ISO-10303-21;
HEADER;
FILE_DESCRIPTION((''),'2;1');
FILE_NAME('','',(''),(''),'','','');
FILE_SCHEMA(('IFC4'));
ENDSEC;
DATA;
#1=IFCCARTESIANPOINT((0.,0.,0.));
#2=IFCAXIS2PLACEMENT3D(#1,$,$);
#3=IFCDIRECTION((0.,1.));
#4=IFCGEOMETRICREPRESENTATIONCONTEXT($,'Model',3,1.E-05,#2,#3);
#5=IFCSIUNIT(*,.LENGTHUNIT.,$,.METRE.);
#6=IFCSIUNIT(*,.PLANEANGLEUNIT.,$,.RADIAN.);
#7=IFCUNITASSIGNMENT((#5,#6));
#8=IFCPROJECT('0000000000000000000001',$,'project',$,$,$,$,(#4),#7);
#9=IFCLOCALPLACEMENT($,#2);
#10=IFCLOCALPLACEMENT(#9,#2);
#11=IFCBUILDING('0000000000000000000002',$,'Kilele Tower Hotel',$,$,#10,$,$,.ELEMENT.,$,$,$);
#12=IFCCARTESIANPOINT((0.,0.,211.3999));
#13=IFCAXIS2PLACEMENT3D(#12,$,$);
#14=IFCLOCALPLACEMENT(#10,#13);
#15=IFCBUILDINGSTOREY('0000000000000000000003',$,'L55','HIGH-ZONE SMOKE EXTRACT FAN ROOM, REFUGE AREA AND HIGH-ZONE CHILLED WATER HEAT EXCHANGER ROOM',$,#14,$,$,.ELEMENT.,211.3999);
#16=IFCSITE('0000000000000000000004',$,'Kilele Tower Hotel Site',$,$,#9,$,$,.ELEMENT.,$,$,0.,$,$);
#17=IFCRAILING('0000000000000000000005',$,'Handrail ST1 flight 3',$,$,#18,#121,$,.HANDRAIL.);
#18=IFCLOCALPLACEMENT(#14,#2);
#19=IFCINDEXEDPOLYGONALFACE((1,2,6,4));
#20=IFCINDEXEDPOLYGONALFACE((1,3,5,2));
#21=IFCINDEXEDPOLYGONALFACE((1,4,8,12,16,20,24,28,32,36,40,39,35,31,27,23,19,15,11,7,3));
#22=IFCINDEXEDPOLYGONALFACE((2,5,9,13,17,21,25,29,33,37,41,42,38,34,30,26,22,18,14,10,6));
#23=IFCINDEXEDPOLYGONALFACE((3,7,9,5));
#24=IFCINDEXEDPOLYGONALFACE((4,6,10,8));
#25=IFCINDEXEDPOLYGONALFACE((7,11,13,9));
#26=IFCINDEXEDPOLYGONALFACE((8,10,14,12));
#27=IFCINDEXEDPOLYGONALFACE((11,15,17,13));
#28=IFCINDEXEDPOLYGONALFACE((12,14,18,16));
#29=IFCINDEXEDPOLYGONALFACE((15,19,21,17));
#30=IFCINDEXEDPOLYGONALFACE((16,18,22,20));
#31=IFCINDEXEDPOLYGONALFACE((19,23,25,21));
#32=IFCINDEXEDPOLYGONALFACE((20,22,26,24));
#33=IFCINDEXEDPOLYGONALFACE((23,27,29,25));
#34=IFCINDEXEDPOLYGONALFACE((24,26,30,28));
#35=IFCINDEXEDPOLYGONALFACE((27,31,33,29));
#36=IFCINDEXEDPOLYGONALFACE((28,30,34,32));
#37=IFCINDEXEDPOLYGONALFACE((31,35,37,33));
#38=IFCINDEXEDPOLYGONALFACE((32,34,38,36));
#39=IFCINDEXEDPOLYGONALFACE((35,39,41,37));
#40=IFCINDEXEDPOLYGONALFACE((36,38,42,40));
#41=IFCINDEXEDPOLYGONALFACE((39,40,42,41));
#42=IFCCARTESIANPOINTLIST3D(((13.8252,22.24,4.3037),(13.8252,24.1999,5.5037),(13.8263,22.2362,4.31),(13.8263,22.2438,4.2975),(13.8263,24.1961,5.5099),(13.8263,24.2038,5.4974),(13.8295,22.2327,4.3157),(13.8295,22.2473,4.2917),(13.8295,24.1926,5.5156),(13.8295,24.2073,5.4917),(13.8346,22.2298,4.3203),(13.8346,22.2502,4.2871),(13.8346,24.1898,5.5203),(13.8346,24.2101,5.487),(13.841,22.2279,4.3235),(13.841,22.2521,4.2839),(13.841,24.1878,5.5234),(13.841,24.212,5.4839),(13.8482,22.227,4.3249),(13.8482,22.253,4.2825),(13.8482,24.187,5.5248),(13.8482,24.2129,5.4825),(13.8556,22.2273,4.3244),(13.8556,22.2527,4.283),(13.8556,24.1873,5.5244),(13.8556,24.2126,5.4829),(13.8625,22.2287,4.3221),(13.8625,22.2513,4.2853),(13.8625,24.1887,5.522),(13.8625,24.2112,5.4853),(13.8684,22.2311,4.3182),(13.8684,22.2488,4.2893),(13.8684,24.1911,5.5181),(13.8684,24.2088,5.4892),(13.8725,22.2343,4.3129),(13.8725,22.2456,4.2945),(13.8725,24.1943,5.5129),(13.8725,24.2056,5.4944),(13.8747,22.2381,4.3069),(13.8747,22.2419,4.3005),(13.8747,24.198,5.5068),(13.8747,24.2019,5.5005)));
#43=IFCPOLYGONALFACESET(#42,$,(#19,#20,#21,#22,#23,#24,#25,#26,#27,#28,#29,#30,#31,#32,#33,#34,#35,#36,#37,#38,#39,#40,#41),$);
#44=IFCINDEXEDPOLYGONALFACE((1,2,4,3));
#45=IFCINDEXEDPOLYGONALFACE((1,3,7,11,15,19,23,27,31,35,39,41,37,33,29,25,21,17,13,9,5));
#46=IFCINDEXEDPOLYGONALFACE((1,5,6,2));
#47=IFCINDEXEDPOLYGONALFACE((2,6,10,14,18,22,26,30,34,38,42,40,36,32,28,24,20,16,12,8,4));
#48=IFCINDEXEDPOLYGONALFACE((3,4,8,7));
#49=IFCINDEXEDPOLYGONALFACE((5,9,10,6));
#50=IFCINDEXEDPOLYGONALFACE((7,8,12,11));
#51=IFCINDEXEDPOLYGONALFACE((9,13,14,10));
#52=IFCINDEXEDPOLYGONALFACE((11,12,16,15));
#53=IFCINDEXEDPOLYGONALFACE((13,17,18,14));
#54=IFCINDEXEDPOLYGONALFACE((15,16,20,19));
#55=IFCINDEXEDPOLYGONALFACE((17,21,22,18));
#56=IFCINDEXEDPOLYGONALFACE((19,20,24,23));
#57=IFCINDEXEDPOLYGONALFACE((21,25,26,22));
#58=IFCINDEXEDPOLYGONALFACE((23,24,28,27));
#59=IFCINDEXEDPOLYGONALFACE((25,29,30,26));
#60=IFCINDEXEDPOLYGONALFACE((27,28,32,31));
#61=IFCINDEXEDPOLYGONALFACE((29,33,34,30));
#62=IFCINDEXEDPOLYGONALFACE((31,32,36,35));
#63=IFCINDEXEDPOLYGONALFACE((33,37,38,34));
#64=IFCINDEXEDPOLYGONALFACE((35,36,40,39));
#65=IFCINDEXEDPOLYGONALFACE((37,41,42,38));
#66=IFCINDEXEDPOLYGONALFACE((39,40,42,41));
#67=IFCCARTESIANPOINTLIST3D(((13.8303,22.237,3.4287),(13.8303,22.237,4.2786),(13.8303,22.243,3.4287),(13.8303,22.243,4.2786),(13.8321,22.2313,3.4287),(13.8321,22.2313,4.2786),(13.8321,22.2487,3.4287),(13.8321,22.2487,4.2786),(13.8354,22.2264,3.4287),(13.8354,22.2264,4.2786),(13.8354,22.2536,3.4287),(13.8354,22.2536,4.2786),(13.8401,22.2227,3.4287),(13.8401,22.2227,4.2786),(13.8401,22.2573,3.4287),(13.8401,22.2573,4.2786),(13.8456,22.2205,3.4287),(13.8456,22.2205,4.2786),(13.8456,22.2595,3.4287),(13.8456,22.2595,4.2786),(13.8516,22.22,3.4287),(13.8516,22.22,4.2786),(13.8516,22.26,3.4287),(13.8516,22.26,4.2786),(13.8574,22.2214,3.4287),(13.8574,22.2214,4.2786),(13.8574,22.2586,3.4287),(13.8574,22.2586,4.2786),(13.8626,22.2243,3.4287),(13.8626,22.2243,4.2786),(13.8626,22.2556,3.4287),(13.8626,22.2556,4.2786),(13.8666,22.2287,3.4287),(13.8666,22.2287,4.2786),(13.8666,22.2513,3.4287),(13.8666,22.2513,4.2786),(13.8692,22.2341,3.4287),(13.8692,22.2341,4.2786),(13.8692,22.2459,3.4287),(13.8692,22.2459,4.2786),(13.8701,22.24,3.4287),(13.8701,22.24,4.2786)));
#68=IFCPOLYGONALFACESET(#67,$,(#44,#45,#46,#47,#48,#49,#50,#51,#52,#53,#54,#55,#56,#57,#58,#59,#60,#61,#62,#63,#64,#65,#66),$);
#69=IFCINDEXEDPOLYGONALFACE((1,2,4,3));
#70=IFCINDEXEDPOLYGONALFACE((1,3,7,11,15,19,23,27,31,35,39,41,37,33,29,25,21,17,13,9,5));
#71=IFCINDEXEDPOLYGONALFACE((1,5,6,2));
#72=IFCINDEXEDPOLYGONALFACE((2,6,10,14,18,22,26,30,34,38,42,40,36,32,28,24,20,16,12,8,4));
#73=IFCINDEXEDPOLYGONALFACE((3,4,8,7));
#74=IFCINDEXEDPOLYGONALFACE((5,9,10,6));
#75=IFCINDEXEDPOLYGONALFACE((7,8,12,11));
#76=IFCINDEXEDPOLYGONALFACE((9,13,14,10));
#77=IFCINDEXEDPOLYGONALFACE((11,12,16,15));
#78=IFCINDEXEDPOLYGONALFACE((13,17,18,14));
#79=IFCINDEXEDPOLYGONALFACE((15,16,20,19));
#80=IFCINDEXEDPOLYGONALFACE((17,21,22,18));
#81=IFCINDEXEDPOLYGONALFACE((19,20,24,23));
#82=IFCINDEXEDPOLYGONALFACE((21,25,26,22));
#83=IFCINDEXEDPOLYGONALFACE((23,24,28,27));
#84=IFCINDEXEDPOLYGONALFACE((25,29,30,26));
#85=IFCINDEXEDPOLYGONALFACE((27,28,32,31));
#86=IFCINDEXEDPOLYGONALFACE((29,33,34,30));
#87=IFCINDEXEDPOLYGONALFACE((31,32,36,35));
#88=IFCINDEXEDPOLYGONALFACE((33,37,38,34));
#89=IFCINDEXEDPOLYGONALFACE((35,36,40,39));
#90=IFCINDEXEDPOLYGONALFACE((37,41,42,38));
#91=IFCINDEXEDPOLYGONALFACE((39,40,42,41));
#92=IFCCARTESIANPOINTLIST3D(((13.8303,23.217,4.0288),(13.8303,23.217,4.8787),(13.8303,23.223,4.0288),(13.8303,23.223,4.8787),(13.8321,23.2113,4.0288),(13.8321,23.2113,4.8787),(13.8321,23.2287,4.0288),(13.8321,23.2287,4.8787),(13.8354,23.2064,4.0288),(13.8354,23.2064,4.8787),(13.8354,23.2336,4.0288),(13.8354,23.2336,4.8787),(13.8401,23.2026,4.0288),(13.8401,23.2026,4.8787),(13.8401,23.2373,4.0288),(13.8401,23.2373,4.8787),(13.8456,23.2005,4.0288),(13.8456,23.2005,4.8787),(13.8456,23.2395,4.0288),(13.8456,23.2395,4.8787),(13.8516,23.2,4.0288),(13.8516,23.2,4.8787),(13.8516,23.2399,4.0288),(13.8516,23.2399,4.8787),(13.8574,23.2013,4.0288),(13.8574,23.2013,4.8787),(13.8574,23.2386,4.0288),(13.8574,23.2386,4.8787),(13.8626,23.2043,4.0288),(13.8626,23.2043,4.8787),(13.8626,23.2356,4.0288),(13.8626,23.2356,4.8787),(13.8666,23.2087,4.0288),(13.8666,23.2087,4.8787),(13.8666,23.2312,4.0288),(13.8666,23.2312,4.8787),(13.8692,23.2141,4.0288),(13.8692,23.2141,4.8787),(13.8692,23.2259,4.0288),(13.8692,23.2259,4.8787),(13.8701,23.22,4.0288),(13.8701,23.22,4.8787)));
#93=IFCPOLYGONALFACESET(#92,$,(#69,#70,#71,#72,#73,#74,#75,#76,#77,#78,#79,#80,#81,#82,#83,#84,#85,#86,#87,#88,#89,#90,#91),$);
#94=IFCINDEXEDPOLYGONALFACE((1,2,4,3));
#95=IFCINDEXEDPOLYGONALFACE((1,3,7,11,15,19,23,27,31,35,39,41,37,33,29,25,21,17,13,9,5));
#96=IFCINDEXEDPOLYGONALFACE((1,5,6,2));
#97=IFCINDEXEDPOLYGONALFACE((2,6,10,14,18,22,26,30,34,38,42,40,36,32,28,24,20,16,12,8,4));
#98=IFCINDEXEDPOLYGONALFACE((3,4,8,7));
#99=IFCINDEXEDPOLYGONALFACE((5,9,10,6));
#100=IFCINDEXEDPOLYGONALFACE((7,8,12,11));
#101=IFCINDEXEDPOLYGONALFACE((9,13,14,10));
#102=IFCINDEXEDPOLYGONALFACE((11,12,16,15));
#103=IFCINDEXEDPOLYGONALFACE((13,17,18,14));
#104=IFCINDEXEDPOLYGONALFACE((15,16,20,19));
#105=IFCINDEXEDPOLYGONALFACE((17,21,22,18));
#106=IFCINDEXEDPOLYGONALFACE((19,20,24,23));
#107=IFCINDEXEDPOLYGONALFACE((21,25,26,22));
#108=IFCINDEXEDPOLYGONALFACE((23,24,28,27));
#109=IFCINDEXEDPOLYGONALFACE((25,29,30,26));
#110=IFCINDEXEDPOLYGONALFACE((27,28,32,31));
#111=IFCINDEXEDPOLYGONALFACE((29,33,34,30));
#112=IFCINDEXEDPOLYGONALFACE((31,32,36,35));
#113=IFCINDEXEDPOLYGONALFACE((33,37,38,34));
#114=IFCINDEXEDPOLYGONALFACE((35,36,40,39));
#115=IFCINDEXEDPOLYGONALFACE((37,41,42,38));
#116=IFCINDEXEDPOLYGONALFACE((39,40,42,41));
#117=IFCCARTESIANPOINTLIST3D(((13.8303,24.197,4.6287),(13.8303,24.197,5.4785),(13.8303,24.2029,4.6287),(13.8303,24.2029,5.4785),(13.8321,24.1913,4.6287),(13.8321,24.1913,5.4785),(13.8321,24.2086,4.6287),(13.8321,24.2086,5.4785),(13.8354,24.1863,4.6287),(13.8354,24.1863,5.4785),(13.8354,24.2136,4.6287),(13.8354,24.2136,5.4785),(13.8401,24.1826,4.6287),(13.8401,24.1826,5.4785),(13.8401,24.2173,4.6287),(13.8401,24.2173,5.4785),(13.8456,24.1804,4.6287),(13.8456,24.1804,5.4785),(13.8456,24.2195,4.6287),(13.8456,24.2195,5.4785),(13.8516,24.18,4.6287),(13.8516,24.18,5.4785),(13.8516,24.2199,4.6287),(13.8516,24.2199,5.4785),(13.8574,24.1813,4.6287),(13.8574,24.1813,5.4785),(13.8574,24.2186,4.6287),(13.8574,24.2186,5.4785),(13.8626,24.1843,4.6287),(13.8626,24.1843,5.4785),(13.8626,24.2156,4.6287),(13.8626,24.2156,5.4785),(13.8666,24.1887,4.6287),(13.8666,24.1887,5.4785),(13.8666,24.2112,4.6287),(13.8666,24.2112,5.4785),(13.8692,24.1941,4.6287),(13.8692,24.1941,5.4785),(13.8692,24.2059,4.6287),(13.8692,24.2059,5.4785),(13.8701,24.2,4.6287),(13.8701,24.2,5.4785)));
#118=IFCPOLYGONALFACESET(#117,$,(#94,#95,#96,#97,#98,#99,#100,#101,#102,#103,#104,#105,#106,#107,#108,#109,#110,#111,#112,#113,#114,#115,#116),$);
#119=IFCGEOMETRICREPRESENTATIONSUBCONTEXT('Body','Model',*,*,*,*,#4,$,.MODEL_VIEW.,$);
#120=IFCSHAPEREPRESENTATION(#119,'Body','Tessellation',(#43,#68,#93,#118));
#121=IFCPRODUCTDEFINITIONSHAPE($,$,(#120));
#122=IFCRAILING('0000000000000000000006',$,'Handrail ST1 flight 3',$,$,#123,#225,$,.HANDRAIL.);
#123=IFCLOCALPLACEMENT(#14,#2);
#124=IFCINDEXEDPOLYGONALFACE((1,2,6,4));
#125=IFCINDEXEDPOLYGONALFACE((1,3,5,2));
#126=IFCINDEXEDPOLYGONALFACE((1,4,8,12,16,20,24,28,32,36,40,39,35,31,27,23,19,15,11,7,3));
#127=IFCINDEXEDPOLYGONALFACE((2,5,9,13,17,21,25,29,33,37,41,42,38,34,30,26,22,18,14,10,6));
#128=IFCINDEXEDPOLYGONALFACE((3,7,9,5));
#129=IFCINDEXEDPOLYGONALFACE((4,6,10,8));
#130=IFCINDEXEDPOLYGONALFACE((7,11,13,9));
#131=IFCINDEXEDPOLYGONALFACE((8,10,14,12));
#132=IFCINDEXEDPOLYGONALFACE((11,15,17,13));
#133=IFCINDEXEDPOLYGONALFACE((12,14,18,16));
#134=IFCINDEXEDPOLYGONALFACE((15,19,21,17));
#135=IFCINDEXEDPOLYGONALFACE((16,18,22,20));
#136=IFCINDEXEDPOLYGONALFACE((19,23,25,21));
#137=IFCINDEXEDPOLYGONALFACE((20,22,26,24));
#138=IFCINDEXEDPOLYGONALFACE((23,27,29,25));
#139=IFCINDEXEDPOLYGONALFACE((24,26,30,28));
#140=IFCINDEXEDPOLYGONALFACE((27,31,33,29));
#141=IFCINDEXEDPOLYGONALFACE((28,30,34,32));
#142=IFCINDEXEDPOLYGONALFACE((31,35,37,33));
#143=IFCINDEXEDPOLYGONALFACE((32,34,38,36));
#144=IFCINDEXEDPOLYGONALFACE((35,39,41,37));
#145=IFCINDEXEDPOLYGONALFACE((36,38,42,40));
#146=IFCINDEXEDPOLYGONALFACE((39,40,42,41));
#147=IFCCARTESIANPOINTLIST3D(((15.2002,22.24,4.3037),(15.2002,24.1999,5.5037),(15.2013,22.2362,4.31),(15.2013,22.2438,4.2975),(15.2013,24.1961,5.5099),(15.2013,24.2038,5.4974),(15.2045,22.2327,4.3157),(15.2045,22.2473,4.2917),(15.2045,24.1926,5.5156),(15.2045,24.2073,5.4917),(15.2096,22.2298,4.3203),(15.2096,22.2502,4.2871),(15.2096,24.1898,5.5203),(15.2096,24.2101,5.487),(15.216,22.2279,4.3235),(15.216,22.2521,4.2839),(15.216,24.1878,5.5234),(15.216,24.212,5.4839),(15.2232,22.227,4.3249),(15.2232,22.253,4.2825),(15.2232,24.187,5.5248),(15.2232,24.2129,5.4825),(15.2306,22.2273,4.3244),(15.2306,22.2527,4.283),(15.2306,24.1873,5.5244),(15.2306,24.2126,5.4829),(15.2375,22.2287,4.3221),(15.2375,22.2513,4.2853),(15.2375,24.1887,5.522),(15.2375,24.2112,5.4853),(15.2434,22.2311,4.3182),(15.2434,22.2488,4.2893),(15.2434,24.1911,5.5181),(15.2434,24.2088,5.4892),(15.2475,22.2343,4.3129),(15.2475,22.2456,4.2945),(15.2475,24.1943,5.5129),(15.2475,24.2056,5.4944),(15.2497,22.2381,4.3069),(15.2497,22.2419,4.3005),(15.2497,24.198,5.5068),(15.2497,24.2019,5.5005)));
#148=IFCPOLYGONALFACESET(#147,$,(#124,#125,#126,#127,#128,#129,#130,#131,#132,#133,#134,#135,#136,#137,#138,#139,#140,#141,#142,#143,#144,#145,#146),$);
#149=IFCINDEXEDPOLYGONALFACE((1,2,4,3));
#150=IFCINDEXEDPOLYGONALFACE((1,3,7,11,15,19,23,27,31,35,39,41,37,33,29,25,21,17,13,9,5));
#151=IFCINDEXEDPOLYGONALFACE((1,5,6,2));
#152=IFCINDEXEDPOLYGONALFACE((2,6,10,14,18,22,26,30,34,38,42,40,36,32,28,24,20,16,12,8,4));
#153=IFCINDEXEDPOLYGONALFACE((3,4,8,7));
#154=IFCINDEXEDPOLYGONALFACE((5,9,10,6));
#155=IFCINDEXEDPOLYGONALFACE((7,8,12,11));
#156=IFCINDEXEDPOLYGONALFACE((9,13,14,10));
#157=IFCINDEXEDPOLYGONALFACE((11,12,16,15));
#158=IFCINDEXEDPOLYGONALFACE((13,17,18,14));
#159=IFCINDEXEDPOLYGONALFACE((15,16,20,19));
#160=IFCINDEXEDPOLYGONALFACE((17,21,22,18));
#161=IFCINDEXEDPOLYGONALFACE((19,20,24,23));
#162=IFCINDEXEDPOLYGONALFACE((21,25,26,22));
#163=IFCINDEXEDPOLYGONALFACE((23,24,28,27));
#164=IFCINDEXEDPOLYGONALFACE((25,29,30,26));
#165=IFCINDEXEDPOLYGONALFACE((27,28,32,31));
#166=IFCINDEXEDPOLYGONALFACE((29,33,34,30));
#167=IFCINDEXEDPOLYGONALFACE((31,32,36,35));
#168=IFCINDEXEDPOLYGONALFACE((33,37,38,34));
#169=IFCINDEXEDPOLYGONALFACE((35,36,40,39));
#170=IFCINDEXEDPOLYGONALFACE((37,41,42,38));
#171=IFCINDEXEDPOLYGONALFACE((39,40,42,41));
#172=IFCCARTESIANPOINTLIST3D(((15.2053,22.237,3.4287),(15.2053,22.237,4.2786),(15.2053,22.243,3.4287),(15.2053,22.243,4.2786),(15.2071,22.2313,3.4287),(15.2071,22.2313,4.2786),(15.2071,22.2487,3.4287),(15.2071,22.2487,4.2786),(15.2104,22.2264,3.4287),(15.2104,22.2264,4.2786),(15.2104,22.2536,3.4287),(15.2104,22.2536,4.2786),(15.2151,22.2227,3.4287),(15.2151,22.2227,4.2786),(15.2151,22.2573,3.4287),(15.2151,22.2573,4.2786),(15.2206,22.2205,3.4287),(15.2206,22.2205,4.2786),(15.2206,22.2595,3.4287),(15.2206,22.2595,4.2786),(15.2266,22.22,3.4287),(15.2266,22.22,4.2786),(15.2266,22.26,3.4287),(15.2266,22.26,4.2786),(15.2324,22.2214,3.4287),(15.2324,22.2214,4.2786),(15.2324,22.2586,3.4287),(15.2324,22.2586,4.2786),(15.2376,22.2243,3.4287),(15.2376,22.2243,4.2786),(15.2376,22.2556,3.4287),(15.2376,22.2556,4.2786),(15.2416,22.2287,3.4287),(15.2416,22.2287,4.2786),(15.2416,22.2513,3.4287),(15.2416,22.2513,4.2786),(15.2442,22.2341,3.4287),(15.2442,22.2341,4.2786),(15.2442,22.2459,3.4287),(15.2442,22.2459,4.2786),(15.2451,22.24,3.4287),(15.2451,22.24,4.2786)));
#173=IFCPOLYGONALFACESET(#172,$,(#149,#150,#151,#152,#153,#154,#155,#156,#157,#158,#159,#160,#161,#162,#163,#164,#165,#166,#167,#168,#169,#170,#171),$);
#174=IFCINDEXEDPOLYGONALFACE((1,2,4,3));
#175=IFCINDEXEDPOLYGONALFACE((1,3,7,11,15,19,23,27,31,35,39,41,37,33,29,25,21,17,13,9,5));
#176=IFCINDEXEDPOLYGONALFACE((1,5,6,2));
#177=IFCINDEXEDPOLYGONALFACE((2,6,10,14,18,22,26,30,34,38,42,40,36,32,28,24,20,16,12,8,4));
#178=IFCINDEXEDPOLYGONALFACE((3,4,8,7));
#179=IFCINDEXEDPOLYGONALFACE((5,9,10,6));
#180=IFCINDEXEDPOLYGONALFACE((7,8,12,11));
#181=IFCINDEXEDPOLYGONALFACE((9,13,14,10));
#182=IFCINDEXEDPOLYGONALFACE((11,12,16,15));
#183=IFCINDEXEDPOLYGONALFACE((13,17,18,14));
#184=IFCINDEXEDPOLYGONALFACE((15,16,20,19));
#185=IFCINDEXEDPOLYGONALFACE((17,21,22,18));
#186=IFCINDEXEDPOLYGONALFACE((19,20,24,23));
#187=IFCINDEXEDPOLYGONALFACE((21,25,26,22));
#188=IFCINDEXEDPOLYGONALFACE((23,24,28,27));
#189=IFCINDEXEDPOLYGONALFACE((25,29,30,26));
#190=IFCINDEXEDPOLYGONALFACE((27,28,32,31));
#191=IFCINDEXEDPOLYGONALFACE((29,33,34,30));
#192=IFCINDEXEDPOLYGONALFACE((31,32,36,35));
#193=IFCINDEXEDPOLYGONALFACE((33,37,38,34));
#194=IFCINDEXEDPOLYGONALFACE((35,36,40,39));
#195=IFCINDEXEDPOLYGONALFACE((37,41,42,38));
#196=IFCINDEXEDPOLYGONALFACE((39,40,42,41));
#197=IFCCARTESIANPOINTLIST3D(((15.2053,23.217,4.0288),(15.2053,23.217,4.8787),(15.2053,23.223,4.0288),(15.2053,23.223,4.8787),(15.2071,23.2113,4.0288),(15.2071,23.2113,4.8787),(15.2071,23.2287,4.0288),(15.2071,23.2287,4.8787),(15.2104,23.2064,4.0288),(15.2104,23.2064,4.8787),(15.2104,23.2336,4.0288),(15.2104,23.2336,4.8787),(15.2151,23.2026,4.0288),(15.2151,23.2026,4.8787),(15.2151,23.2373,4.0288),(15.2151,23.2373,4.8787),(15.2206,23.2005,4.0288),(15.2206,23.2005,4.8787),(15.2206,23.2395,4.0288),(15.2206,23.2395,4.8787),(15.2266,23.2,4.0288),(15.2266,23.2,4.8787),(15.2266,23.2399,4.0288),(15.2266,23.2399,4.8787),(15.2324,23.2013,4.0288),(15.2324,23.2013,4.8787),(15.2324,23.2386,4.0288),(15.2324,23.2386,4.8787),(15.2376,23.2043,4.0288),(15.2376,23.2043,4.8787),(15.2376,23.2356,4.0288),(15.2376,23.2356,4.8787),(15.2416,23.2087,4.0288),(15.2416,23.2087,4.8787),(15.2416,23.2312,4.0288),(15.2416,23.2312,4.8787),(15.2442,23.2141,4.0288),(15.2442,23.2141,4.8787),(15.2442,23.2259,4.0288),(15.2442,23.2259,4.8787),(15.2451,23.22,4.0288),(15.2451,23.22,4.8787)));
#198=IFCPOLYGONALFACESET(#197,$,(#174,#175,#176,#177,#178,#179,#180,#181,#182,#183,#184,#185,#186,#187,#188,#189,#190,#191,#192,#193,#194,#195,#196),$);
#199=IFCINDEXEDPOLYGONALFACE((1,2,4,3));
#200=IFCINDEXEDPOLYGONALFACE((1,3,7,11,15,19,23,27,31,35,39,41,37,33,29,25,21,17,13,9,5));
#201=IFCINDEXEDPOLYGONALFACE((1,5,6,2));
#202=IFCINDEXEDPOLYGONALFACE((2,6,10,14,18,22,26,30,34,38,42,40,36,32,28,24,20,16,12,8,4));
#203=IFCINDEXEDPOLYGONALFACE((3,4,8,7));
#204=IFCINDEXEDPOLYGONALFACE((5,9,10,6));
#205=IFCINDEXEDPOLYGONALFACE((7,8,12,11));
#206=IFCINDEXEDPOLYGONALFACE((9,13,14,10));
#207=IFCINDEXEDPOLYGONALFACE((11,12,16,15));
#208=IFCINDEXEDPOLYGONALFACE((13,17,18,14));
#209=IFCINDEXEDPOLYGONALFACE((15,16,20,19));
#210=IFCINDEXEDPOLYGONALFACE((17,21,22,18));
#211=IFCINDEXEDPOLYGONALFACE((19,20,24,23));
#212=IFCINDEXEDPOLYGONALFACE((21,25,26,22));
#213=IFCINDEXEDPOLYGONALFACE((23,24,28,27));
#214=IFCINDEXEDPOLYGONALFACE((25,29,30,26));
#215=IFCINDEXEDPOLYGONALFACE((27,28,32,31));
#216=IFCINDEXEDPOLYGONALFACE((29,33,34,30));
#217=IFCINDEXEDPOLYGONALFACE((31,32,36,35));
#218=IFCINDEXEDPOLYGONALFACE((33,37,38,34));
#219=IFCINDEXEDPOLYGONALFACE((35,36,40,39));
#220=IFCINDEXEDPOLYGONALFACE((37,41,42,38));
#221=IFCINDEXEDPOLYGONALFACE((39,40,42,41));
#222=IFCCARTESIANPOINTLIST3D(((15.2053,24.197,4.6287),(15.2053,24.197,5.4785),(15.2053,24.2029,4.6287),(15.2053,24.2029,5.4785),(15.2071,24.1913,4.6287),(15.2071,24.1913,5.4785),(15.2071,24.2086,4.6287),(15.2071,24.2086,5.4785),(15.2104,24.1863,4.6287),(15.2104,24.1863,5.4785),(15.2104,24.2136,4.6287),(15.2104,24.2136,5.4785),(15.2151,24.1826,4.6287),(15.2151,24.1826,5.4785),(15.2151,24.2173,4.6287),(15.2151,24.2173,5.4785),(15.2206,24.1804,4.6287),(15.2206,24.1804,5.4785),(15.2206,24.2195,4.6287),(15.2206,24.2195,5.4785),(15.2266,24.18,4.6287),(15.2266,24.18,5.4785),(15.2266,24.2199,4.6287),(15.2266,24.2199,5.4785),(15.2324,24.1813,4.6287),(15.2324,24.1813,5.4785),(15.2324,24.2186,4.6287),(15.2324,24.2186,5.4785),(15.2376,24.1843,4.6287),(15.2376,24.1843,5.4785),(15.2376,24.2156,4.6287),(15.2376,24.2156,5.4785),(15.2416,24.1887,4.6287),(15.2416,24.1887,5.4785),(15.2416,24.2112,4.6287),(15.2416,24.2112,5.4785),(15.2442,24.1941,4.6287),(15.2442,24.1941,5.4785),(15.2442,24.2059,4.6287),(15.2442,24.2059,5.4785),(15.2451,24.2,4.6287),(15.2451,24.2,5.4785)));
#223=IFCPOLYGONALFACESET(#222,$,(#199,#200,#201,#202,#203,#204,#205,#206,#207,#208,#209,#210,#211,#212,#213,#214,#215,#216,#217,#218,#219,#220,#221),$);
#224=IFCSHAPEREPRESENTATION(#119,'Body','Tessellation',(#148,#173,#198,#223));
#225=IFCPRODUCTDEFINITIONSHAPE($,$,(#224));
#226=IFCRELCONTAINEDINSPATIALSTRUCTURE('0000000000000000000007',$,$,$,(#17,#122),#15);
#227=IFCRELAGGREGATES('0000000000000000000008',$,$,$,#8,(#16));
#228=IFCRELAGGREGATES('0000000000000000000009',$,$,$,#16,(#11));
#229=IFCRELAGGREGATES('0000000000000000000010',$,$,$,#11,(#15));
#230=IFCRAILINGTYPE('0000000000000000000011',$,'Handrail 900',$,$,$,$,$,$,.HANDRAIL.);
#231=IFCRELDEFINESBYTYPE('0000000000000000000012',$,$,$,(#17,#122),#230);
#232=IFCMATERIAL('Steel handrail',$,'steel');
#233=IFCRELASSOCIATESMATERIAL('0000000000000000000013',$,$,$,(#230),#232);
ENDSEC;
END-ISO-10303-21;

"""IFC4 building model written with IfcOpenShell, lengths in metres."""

from ifc_helpers import new_model, si_unit, direction, frame, origin, origin_2d, place, context, subcontext, project, spatial, circle, extrude, material, type_object, element, save


model = new_model("IFC4")

# Units and contexts
model_context = context("Model", 3, precision=1e-05, world=origin(), true_north=direction((0.0, 1.0)))
body_context = subcontext(model_context, "Body", "Model", "MODEL_VIEW")
ifc_project = project(units=[si_unit("LENGTHUNIT", "METRE"), si_unit("PLANEANGLEUNIT", "RADIAN")], contexts=[model_context])

# Site, building, storey
site_placement = place(None, origin())
site = spatial("IfcSite", under=ifc_project, at=site_placement, Name="Kilele Tower Hotel Site", CompositionType="ELEMENT", RefElevation=0.0)
building_placement = place(site_placement, origin())
building = spatial("IfcBuilding", under=site, at=building_placement, Name="Kilele Tower Hotel", CompositionType="ELEMENT")
storey_placement = place(building_placement, frame((0.0, 0.0, 211.3999)))
storey = spatial("IfcBuildingStorey", under=building, at=storey_placement, Name="L55", Description="HIGH-ZONE SMOKE EXTRACT FAN ROOM, REFUGE AREA AND HIGH-ZONE CHILLED WATER HEAT EXCHANGER ROOM", CompositionType="ELEMENT", Elevation=211.3999)

# Railings
ifc_material_1 = material(Name="Steel handrail", Category="steel")
railing_type_1 = type_object("IfcRailingType", Name="Handrail 900", PredefinedType="HANDRAIL", material=ifc_material_1)
for number, where, name in (
    (1, (13.8501, 22.24, 3.4287), "Handrail ST1 flight 3"),
    (2, (15.2251, 22.24, 3.4287), "Handrail ST1 flight 3"),
):
    element("IfcRailing", number, at=place(storey_placement, frame(where)), inside=storey, type_object=railing_type_1, Name=name, PredefinedType="HANDRAIL", context=body_context, shape_type="SweptSolid", body=[
        extrude(circle(Radius=0.0249, at=origin_2d()), frame((0.0, 0.0, 0.875), z_axis=(0.0, 0.852856, 0.522146), x_axis=(-1.0, 0.0, 0.0)), (0.0, 0.0, 1.0), 2.2981),
        extrude(circle(Radius=0.02, at=origin_2d()), origin(), (0.0, 0.0, 1.0), 0.8499),
        extrude(circle(Radius=0.02, at=origin_2d()), frame((0.0, 0.98, 0.6001)), (0.0, 0.0, 1.0), 0.8499),
        extrude(circle(Radius=0.02, at=origin_2d()), frame((0.0, 1.96, 1.2)), (0.0, 0.0, 1.0), 0.8499),
    ])

save(model, "model.ifc")
